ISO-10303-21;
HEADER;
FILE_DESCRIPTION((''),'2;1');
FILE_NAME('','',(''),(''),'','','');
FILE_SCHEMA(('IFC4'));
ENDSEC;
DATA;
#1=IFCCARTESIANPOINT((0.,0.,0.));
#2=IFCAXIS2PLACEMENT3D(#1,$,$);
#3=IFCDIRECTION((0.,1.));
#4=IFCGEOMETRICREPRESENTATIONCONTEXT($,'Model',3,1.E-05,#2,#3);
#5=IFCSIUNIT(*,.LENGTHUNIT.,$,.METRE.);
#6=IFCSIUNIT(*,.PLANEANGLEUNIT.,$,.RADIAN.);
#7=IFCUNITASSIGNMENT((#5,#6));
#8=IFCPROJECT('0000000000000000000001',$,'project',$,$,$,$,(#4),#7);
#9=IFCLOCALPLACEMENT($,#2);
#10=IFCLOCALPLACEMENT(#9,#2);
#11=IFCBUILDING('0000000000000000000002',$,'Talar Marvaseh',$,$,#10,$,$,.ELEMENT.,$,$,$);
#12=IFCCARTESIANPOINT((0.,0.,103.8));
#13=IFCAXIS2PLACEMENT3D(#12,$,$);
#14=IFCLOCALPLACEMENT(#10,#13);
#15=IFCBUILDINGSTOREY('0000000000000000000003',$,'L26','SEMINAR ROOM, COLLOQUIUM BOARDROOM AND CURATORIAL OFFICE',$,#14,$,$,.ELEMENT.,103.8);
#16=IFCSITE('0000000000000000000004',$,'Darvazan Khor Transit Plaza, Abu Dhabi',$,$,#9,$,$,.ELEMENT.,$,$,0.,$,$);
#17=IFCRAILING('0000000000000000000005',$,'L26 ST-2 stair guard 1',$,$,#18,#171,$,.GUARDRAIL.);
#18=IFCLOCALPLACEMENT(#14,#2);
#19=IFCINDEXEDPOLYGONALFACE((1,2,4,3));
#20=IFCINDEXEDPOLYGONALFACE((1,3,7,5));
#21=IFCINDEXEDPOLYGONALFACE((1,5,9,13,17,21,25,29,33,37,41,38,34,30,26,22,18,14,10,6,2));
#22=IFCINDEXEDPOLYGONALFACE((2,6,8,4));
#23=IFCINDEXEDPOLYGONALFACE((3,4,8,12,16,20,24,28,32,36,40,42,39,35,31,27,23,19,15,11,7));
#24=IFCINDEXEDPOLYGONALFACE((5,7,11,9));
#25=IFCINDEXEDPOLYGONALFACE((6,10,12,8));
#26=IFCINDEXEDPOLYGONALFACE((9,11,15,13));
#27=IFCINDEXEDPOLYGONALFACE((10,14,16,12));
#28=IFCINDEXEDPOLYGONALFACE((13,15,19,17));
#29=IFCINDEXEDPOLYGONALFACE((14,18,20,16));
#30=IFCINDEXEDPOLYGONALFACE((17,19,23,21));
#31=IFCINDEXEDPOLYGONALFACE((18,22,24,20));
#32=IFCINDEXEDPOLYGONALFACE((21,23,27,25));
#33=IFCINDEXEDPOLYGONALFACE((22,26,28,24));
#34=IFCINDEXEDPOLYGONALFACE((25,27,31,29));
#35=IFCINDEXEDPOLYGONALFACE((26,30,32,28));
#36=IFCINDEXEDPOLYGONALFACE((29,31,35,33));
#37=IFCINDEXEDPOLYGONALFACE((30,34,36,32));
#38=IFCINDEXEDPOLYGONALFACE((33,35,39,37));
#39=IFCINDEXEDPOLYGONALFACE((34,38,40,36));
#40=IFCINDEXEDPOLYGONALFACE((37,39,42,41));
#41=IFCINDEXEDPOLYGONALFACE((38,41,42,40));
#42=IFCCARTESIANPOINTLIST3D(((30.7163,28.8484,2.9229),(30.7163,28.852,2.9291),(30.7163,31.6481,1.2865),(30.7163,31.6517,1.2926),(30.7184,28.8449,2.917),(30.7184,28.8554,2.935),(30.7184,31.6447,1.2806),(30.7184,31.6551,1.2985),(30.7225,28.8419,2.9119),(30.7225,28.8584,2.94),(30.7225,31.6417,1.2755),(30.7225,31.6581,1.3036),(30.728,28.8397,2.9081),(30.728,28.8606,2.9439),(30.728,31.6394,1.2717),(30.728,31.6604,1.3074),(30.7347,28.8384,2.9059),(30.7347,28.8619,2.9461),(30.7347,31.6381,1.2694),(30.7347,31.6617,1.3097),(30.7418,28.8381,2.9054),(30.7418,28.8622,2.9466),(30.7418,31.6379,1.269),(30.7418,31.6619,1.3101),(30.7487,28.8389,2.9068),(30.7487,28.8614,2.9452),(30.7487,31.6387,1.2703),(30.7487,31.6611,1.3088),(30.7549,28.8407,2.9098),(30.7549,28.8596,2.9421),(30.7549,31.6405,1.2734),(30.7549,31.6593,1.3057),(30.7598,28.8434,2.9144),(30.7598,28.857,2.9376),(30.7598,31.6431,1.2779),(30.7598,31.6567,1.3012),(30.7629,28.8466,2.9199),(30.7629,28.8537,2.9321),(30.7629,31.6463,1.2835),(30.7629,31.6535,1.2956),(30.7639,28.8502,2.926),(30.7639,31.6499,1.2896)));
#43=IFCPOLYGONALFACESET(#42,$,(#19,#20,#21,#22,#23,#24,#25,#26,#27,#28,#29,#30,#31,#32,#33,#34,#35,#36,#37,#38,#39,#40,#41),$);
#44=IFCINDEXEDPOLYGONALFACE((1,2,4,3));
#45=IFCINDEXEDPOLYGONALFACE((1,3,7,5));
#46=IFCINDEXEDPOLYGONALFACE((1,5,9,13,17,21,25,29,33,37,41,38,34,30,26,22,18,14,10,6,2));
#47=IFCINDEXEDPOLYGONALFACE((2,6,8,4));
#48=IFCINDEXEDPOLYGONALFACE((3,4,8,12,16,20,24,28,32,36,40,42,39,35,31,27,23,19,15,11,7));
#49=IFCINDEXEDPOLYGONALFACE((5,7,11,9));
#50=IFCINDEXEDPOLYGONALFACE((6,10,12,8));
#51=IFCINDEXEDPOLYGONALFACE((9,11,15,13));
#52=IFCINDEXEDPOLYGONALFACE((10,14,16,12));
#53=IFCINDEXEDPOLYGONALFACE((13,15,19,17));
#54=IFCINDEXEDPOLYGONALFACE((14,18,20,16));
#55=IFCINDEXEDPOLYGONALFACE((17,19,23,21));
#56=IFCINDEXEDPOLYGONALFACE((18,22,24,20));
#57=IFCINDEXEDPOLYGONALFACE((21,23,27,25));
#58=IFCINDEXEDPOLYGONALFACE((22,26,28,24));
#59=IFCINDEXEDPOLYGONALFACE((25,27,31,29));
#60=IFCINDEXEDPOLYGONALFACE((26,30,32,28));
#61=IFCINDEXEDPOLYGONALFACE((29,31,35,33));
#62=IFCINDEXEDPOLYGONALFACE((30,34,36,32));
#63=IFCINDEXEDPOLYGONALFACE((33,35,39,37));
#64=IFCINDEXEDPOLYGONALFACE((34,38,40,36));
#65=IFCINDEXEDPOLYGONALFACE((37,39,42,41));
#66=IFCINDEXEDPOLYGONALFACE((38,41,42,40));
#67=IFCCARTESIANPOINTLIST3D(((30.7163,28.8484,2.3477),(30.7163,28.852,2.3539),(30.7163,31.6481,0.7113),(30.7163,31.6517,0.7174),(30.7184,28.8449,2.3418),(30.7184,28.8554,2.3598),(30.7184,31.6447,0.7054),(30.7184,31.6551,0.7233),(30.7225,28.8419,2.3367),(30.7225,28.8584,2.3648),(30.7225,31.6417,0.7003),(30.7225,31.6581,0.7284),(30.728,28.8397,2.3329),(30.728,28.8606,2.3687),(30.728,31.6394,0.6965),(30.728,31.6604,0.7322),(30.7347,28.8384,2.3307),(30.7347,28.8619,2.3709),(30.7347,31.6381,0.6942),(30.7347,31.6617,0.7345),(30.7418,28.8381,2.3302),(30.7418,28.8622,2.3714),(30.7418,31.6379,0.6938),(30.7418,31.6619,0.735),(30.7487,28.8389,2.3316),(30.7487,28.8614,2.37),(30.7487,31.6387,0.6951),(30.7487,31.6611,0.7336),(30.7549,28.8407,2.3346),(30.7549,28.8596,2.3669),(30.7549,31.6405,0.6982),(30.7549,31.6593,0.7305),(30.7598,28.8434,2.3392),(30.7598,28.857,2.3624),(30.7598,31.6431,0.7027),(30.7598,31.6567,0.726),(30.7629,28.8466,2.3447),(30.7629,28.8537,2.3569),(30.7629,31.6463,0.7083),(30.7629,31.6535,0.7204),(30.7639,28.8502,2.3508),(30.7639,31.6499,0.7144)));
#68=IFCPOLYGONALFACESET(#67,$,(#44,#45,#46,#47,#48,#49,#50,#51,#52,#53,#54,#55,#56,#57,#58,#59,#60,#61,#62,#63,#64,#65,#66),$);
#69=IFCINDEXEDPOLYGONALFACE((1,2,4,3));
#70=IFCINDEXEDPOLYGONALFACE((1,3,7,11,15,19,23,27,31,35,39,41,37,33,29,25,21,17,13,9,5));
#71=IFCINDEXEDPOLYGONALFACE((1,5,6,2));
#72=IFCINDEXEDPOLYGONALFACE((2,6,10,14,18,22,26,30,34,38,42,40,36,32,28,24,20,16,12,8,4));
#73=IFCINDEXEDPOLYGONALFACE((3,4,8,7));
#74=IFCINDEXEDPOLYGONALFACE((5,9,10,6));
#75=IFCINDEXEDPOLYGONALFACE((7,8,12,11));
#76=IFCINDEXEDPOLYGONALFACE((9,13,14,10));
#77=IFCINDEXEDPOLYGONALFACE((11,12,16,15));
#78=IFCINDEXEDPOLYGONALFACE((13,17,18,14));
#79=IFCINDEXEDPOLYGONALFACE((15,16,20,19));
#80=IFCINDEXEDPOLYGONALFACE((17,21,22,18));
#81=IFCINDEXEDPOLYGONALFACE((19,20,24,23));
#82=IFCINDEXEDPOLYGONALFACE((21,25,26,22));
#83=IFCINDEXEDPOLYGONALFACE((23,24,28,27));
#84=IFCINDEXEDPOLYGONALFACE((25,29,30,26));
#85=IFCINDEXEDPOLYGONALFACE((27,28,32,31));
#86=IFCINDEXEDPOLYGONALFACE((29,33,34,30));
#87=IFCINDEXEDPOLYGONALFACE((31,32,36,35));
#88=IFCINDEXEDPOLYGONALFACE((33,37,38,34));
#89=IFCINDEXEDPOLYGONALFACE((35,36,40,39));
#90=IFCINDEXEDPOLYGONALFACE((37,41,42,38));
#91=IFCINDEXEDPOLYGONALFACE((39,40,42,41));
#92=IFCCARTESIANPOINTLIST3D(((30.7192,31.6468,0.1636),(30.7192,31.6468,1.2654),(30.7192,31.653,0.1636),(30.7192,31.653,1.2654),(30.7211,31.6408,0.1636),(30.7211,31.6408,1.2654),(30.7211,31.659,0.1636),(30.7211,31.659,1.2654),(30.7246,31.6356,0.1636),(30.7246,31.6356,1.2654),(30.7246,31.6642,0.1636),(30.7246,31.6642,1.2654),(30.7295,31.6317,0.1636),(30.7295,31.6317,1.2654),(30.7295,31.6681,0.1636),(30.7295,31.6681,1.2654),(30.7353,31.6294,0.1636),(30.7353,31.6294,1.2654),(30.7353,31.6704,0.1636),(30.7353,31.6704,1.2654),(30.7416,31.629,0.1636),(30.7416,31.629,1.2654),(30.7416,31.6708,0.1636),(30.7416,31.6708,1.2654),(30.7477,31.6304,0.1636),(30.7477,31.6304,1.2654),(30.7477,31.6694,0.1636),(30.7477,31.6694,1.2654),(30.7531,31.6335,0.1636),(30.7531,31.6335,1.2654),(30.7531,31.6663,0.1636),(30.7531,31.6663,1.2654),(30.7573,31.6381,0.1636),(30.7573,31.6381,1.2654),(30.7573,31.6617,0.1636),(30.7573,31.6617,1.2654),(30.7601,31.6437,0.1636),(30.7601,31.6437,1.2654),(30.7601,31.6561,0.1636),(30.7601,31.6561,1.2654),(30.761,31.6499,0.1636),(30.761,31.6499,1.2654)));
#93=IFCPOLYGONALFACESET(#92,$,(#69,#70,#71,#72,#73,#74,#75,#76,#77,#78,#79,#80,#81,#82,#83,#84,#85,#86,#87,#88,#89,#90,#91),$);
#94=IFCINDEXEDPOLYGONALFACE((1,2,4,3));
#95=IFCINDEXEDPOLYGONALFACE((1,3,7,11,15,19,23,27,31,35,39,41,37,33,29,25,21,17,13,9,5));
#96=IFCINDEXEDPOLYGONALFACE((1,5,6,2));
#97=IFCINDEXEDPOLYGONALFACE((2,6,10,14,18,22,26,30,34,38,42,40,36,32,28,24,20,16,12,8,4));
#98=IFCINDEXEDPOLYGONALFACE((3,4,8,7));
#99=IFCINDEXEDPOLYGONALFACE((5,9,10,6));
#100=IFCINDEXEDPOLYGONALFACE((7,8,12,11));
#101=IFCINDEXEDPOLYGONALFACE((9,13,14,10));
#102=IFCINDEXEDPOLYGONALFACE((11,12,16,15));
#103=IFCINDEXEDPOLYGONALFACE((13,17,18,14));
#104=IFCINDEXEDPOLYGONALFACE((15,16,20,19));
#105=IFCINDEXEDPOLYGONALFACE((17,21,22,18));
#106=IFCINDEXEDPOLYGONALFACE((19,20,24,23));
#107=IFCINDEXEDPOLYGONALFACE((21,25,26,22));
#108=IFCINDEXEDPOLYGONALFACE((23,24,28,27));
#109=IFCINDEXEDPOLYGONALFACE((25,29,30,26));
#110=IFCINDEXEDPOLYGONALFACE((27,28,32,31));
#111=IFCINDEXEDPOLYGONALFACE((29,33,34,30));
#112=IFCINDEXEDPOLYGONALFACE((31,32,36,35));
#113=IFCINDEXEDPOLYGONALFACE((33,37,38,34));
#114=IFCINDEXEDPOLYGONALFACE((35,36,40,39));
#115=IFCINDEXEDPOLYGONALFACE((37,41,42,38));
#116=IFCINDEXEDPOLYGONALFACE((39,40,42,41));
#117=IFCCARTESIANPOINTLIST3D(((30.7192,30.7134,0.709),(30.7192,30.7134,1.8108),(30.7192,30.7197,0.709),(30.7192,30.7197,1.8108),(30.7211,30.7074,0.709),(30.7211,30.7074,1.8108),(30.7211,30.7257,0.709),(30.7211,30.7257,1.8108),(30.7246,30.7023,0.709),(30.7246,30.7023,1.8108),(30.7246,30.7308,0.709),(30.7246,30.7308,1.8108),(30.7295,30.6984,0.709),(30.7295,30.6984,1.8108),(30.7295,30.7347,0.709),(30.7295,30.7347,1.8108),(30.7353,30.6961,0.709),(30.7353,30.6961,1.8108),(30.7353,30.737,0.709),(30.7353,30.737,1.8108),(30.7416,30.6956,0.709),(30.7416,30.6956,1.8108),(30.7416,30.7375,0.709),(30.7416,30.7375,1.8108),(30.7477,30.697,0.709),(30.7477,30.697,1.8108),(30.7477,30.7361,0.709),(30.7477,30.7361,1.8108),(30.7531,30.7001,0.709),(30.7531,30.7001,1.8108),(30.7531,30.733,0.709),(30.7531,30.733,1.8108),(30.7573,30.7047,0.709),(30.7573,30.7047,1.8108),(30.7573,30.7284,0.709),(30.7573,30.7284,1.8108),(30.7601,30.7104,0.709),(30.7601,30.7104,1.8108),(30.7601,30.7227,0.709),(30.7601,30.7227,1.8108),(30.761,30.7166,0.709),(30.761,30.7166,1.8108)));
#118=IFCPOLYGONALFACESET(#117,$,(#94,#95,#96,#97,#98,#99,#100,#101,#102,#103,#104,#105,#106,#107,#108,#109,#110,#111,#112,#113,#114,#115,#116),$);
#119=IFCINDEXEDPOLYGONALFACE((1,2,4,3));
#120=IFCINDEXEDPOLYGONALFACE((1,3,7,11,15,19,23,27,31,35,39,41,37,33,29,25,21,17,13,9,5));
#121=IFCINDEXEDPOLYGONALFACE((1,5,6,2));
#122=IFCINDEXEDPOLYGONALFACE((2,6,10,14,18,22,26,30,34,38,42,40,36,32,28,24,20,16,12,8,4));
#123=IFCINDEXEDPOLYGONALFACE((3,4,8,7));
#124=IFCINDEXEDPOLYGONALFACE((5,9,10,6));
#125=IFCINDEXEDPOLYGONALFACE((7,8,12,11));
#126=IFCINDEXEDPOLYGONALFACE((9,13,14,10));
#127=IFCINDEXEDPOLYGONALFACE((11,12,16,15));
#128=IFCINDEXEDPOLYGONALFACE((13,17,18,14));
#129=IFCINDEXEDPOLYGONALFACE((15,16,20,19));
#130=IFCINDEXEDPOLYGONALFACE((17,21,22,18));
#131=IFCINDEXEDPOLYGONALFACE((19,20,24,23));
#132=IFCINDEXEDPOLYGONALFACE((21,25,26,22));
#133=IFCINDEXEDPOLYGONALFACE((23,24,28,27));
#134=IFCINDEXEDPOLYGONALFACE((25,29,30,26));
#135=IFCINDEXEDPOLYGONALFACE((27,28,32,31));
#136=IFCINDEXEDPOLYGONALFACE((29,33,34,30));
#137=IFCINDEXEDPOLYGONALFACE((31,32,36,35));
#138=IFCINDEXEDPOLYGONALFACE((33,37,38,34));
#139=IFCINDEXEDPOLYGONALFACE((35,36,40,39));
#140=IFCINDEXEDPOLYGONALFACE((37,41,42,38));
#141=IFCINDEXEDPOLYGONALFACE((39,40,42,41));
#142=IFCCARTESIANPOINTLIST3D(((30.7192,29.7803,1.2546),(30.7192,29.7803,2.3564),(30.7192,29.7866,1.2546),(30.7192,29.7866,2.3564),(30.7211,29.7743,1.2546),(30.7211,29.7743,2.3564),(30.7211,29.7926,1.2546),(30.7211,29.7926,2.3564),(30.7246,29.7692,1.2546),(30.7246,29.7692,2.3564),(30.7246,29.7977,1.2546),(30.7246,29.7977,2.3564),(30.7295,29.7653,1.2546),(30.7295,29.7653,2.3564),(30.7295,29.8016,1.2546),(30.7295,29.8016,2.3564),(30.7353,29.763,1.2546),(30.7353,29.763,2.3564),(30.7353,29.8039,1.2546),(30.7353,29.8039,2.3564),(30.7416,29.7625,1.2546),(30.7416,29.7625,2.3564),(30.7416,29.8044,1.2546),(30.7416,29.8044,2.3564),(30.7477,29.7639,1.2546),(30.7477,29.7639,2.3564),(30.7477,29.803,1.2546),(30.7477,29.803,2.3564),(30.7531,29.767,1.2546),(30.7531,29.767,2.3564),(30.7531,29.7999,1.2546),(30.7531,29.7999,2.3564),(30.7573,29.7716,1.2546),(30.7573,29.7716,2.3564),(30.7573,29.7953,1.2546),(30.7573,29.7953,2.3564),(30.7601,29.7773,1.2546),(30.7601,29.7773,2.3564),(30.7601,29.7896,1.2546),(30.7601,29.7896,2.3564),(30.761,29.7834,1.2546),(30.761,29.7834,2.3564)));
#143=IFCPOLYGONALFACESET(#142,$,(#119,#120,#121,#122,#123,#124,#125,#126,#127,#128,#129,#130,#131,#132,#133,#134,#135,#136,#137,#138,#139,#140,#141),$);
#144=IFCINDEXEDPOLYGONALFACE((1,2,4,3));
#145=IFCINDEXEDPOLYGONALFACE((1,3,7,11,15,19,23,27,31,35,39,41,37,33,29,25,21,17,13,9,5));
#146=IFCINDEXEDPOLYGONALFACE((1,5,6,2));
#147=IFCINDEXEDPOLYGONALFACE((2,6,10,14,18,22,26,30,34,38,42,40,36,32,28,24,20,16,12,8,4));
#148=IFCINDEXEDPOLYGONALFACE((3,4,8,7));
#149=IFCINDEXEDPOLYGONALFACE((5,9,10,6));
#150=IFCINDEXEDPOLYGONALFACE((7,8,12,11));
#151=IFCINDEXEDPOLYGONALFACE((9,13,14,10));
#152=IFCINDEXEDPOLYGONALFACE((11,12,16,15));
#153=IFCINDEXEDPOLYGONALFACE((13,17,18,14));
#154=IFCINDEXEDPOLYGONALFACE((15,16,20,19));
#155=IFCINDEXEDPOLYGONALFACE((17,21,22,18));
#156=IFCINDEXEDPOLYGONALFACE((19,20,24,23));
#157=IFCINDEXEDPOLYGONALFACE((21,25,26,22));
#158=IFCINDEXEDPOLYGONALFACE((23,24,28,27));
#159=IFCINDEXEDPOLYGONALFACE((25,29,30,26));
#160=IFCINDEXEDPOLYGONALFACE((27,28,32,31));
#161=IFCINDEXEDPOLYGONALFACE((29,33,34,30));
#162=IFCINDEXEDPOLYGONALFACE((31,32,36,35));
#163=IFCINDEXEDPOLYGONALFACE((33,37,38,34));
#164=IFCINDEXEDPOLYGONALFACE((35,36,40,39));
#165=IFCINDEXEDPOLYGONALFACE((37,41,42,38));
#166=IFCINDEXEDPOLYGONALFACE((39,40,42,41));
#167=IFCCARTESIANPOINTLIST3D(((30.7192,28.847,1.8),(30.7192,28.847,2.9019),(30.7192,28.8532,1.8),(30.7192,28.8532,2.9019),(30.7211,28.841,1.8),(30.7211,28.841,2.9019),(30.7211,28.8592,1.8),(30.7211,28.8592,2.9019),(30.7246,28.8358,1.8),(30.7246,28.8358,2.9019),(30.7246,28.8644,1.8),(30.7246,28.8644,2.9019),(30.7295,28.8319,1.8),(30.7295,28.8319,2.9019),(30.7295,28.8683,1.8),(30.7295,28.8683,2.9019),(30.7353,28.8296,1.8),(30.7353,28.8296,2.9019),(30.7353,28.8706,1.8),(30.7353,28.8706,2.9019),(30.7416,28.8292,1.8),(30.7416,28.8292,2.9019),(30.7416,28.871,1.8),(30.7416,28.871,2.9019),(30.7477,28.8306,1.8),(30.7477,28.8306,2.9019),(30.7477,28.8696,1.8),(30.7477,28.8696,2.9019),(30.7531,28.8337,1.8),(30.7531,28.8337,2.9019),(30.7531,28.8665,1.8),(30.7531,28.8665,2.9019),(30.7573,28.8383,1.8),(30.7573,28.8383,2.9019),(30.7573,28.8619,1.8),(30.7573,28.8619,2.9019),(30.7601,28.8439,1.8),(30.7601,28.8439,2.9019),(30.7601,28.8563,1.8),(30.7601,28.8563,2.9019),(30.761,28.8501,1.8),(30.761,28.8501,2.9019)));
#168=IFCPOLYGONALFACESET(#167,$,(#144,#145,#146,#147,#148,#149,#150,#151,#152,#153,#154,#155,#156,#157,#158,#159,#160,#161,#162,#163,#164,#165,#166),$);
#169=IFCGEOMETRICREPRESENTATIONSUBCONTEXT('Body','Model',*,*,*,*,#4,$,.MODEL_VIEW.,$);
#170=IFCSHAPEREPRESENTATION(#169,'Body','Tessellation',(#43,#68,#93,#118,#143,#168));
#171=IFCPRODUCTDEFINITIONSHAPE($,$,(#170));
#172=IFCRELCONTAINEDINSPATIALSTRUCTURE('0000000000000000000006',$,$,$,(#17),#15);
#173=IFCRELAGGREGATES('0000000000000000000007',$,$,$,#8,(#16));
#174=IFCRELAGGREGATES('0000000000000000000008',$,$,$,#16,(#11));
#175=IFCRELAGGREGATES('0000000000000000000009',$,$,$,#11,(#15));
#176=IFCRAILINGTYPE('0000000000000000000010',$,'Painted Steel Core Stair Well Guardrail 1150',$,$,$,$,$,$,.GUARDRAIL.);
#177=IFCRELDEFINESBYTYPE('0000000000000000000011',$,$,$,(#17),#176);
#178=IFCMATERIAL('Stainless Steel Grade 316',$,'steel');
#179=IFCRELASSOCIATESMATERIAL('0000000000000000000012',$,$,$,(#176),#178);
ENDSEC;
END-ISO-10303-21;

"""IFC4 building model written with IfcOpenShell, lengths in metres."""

from ifc_helpers import new_model, si_unit, direction, frame, origin, origin_2d, place, context, subcontext, project, spatial, circle, extrude, material, type_object, element, save


model = new_model("IFC4")

# Units and contexts
model_context = context("Model", 3, precision=1e-05, world=origin(), true_north=direction((0.0, 1.0)))
body_context = subcontext(model_context, "Body", "Model", "MODEL_VIEW")
ifc_project = project(units=[si_unit("LENGTHUNIT", "METRE"), si_unit("PLANEANGLEUNIT", "RADIAN")], contexts=[model_context])

# Site, building, storey
site_placement = place(None, origin())
site = spatial("IfcSite", under=ifc_project, at=site_placement, Name="Darvazan Khor Transit Plaza, Abu Dhabi", CompositionType="ELEMENT", RefElevation=0.0)
building_placement = place(site_placement, origin())
building = spatial("IfcBuilding", under=site, at=building_placement, Name="Talar Marvaseh", CompositionType="ELEMENT")
storey_placement = place(building_placement, frame((0.0, 0.0, 103.8)))
storey = spatial("IfcBuildingStorey", under=building, at=storey_placement, Name="L26", Description="SEMINAR ROOM, COLLOQUIUM BOARDROOM AND CURATORIAL OFFICE", CompositionType="ELEMENT", Elevation=103.8)

# Shared definitions
ifc_material_1 = material(Name="Stainless Steel Grade 316", Category="steel")

# Railing
railing_type_1 = type_object("IfcRailingType", Name="Painted Steel Core Stair Well Guardrail 1150", PredefinedType="GUARDRAIL", material=ifc_material_1)
railing_1_placement = place(storey_placement, frame((30.74, 31.6499, 0.1636)))
element("IfcRailing", 1, at=railing_1_placement, inside=storey, type_object=railing_type_1, Name="L26 ST-2 stair guard 1", PredefinedType="GUARDRAIL", context=body_context, shape_type="SweptSolid", body=[
    extrude(circle(Radius=0.0239, at=origin_2d()), frame((0.0, 0.0, 1.126), z_axis=(0.0, -0.863342, 0.50462), x_axis=(1.0, 0.0, 0.0)), (0.0, 0.0, 1.0), 3.2429),
    extrude(circle(Radius=0.0239, at=origin_2d()), frame((0.0, 0.0, 0.5508), z_axis=(0.0, -0.863342, 0.50462), x_axis=(1.0, 0.0, 0.0)), (0.0, 0.0, 1.0), 3.2429),
    extrude(circle(Radius=0.021, at=origin_2d()), origin(), (0.0, 0.0, 1.0), 1.1018),
    extrude(circle(Radius=0.021, at=origin_2d()), frame((0.0, -0.9333, 0.5454)), (0.0, 0.0, 1.0), 1.1018),
    extrude(circle(Radius=0.021, at=origin_2d()), frame((0.0, -1.8665, 1.0911)), (0.0, 0.0, 1.0), 1.1018),
    extrude(circle(Radius=0.021, at=origin_2d()), frame((0.0, -2.7998, 1.6365)), (0.0, 0.0, 1.0), 1.1018),
])

save(model, "model.ifc")
